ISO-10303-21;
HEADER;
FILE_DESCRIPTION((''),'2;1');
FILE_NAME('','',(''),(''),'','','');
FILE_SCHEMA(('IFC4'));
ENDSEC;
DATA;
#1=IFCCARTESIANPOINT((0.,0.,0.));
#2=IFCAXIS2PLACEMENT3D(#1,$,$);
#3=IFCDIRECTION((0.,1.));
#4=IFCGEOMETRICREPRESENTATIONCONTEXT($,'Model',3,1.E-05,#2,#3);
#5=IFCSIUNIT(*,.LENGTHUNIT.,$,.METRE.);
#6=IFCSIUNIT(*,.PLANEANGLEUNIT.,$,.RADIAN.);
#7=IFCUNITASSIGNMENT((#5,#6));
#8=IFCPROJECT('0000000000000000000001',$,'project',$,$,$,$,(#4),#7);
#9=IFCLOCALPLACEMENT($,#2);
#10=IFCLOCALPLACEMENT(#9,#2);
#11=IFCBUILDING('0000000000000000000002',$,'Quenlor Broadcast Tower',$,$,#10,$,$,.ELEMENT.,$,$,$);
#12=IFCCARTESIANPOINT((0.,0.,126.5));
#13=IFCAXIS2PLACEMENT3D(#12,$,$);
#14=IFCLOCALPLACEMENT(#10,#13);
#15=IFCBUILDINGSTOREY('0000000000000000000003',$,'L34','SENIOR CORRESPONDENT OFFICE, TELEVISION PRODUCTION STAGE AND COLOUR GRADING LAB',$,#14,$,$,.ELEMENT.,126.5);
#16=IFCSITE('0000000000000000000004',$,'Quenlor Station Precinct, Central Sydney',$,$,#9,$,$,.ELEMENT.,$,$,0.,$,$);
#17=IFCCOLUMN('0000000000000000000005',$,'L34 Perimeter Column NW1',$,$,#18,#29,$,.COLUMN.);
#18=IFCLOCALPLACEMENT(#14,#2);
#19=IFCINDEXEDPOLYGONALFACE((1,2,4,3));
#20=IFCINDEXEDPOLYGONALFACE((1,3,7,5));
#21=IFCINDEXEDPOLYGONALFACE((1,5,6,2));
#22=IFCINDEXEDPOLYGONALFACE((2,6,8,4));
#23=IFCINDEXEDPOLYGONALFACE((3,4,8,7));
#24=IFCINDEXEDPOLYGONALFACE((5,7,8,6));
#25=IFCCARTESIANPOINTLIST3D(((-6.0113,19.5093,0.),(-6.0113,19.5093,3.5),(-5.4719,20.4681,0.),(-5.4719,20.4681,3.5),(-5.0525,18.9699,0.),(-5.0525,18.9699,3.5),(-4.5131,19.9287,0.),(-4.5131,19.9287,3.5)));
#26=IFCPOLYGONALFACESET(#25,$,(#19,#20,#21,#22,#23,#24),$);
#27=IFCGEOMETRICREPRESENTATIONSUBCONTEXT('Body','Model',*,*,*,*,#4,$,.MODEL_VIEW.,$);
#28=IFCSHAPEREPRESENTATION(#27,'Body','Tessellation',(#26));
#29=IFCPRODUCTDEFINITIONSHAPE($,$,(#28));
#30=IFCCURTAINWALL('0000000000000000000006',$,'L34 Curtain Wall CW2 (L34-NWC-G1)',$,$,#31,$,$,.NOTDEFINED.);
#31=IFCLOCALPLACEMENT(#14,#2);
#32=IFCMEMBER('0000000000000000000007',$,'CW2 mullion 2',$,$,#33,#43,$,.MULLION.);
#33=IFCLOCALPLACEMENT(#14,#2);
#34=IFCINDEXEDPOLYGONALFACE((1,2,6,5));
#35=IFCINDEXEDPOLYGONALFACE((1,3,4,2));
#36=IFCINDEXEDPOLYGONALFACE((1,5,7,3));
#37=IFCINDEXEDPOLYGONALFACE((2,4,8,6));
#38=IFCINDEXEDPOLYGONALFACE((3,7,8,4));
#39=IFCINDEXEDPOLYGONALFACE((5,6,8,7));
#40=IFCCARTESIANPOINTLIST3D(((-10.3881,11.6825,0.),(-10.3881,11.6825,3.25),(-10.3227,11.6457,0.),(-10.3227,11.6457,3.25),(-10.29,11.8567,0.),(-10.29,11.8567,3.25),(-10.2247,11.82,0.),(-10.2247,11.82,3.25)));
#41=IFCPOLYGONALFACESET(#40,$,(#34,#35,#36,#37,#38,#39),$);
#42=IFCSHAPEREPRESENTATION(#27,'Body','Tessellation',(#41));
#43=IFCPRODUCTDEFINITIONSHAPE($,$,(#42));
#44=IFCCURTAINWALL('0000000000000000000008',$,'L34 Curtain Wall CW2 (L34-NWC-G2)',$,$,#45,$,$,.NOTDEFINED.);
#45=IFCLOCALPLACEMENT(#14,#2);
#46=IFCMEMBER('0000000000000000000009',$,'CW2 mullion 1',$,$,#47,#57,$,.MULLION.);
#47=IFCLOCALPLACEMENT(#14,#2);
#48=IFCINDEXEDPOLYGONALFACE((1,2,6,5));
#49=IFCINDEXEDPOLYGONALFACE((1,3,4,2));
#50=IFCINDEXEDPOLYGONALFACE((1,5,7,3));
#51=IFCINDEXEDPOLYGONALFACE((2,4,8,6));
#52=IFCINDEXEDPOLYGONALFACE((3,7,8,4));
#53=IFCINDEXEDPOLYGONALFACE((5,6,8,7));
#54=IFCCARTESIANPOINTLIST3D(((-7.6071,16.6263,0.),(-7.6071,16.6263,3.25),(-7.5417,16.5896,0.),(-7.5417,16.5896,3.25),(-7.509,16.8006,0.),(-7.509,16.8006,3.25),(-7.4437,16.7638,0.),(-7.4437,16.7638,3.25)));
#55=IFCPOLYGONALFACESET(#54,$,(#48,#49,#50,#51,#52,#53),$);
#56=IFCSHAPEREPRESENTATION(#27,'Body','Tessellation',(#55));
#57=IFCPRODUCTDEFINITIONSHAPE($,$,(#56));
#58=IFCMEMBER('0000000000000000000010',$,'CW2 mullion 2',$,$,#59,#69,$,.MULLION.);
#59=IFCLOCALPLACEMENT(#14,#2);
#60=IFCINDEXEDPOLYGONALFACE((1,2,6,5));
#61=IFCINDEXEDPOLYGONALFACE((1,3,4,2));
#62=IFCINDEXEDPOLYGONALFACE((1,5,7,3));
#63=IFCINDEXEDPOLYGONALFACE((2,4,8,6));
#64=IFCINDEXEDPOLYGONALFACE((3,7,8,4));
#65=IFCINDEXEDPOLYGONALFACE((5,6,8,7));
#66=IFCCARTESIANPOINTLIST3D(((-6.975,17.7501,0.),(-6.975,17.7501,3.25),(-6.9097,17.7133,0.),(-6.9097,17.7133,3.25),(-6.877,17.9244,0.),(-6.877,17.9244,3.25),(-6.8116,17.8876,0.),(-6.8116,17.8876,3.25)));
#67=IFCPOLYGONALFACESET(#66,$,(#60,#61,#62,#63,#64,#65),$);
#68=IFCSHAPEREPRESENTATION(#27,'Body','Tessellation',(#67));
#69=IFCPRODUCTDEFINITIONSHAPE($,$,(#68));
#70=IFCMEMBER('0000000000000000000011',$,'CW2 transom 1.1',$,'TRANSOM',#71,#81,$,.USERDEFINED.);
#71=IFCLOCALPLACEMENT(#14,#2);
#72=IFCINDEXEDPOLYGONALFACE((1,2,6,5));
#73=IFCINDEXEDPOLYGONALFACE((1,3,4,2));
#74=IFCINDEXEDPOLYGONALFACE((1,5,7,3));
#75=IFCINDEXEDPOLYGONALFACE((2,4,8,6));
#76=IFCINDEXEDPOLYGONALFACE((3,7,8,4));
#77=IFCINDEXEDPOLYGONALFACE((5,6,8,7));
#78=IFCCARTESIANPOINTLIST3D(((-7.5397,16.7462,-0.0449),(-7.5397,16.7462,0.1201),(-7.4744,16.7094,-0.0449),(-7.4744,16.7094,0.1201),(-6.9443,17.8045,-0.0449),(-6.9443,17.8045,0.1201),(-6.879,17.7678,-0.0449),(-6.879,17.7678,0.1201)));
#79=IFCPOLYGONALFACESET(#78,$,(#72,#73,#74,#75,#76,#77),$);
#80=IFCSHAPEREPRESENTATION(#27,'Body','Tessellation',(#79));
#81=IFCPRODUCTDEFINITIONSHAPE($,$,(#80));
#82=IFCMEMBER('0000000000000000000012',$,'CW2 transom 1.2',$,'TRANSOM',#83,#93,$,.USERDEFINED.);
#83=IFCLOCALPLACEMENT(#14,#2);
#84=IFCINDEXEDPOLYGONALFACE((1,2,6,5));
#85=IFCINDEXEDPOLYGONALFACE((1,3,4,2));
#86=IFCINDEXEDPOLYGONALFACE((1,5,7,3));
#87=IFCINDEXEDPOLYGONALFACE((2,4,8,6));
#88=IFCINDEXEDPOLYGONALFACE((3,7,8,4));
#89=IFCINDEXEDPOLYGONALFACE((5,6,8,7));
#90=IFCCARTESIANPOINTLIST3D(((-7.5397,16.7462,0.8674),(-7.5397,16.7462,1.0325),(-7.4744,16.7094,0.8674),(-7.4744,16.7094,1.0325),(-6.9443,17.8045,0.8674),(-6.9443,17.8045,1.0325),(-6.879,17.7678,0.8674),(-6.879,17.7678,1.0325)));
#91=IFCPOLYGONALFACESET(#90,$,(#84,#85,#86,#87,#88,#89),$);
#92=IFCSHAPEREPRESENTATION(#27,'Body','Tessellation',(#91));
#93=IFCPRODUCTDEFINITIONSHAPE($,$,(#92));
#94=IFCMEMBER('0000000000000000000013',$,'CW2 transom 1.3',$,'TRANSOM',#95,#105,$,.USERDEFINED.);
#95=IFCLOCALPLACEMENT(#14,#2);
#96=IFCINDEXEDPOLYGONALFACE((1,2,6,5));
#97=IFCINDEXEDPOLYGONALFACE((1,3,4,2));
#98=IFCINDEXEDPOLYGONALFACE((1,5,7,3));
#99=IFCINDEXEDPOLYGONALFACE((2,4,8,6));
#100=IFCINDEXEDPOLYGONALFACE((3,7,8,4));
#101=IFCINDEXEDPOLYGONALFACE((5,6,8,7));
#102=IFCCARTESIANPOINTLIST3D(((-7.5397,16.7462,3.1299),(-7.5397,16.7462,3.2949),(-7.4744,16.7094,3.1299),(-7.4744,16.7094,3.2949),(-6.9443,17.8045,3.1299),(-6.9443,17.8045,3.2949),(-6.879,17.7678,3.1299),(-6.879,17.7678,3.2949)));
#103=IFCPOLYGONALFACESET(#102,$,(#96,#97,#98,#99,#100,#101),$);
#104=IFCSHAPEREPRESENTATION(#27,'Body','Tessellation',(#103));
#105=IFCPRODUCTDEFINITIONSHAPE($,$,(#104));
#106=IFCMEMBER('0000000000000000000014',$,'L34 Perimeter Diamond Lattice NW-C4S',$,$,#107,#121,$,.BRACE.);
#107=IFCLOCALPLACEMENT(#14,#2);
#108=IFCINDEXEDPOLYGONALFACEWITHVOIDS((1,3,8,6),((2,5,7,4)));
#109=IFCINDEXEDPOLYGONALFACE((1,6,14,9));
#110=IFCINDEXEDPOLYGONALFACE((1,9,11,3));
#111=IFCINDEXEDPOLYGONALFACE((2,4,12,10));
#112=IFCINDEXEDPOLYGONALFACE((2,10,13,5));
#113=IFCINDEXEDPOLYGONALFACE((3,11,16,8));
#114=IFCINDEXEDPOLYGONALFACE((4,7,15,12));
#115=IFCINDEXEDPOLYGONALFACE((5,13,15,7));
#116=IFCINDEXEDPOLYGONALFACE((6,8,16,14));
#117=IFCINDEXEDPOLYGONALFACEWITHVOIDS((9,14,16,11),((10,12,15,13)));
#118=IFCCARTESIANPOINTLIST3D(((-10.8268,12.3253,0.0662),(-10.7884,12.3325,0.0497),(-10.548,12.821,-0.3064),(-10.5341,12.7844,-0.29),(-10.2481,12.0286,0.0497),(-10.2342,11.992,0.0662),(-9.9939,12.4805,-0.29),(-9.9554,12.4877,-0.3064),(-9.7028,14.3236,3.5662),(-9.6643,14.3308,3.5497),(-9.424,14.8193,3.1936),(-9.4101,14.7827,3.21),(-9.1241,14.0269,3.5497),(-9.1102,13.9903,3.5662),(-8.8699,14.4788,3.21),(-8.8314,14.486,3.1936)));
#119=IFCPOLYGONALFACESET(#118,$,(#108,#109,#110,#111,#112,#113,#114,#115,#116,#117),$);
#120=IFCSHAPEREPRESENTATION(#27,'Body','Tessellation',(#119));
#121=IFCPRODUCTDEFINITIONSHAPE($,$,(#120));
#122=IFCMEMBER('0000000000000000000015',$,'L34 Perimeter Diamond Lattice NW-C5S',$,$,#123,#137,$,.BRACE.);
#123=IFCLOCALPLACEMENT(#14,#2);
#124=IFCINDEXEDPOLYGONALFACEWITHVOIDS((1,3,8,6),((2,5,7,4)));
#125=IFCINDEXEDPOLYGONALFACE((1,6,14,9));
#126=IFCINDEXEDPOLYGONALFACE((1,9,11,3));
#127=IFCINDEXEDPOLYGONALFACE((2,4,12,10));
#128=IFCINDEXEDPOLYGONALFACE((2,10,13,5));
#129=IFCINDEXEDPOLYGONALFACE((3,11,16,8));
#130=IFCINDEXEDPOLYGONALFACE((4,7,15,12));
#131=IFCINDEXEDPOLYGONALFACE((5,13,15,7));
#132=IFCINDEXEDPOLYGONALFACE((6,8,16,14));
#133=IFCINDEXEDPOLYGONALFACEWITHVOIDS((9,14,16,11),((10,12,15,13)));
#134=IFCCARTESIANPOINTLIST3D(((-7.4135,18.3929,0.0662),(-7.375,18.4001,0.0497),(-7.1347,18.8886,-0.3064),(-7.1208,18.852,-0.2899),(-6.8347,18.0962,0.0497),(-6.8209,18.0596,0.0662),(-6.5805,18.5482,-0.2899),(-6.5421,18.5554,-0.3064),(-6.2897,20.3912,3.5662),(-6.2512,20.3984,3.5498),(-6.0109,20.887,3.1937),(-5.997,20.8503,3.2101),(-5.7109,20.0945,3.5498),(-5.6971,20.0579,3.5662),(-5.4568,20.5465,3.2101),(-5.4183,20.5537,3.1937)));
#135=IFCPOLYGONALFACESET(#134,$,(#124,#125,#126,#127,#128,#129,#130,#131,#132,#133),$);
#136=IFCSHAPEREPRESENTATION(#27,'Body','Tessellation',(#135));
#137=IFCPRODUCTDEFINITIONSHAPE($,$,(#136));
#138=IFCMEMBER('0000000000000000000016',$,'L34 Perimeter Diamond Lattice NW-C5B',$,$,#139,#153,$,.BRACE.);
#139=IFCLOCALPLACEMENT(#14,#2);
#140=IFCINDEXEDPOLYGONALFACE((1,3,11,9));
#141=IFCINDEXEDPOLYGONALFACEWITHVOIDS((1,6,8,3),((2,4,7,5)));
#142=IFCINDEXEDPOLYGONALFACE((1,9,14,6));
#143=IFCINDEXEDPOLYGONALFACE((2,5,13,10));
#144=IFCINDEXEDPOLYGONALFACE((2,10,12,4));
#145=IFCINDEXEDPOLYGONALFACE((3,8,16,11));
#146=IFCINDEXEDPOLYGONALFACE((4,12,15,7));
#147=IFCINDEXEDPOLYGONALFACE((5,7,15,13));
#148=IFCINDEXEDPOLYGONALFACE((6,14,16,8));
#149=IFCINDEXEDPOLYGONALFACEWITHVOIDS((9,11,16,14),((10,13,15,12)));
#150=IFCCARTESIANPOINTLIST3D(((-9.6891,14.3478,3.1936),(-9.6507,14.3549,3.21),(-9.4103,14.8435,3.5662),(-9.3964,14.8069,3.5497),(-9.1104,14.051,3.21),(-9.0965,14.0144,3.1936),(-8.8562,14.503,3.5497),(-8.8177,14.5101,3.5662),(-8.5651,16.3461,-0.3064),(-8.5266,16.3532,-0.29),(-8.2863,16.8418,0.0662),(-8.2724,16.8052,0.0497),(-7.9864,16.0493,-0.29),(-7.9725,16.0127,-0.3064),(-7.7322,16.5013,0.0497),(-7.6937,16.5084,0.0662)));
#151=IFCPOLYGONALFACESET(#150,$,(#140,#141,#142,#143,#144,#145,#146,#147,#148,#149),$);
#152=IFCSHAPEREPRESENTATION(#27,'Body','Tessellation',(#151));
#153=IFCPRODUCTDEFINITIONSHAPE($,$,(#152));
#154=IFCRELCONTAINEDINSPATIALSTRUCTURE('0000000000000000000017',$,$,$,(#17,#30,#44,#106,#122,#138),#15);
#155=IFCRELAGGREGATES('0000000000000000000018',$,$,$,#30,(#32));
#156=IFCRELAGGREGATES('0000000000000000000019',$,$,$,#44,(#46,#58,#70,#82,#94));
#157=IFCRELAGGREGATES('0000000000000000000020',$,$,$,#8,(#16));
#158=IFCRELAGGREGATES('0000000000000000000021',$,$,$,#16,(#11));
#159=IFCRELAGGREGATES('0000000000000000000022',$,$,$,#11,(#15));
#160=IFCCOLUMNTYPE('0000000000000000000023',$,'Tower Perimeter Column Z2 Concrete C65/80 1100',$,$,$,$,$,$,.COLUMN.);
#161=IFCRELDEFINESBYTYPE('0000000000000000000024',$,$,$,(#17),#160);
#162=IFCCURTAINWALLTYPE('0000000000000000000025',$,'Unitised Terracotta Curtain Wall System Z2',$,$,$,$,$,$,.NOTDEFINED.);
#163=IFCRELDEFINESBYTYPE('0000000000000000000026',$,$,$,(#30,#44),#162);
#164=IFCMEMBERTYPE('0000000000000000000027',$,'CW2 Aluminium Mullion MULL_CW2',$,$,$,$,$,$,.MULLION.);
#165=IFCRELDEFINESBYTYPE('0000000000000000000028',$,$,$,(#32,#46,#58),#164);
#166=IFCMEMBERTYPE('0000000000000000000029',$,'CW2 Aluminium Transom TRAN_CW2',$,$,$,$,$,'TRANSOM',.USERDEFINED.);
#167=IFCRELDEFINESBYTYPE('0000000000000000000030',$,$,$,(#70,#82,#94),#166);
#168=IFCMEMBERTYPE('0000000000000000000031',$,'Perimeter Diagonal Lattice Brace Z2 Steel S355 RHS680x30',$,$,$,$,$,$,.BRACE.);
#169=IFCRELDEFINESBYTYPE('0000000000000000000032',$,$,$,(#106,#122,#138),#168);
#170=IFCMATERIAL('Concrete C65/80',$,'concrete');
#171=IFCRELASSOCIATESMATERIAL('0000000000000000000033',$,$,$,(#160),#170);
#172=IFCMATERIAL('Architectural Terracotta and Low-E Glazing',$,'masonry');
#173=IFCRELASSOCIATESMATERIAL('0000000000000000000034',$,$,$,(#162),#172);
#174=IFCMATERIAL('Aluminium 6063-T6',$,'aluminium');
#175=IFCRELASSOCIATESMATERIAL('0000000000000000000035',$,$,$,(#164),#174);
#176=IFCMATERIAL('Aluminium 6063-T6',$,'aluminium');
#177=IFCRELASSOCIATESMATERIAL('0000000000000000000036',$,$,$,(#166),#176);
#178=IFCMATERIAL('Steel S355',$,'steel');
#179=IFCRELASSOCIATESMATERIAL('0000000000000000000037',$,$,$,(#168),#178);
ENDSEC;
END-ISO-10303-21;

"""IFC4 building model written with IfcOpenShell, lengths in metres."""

from ifc_helpers import new_model, si_unit, direction, frame, origin, origin_2d, place, context, subcontext, project, spatial, rectangle, hollow_rectangle, extrude, material, material_profile, profile_set, type_object, element, aggregate, save


model = new_model("IFC4")

# Units and contexts
model_context = context("Model", 3, precision=1e-05, world=origin(), true_north=direction((0.0, 1.0)))
body_context = subcontext(model_context, "Body", "Model", "MODEL_VIEW")
ifc_project = project(units=[si_unit("LENGTHUNIT", "METRE"), si_unit("PLANEANGLEUNIT", "RADIAN")], contexts=[model_context])

# Site, building, storey
site_placement = place(None, origin())
site = spatial("IfcSite", under=ifc_project, at=site_placement, Name="Quenlor Station Precinct, Central Sydney", CompositionType="ELEMENT", RefElevation=0.0)
building_placement = place(site_placement, origin())
building = spatial("IfcBuilding", under=site, at=building_placement, Name="Quenlor Broadcast Tower", CompositionType="ELEMENT")
storey_placement = place(building_placement, frame((0.0, 0.0, 126.5)))
storey = spatial("IfcBuildingStorey", under=building, at=storey_placement, Name="L34", Description="SENIOR CORRESPONDENT OFFICE, TELEVISION PRODUCTION STAGE AND COLOUR GRADING LAB", CompositionType="ELEMENT", Elevation=126.5)

# Column
ifc_material_1 = material(Name="Concrete C65/80", Category="concrete")
ifc_material_profile_1 = material_profile(ifc_material_1, rectangle(XDim=1.1001, YDim=1.1001, at=origin_2d()))
ifc_profile_set_1 = profile_set([ifc_material_profile_1], Name="Concrete C65/80 RC1100x1100")
column_type = type_object("IfcColumnType", Name="Tower Perimeter Column Z2 Concrete C65/80 1100", PredefinedType="COLUMN", material=ifc_profile_set_1)
column_placement = place(storey_placement, frame((-5.2622, 19.719, 0.0), z_axis=(0.0, 0.0, 1.0), x_axis=(-0.871575, 0.490262, 0.0)))
element("IfcColumn", 1, at=column_placement, inside=storey, type_object=column_type, Name="L34 Perimeter Column NW1", PredefinedType="COLUMN", context=body_context, shape_type="SweptSolid", body=[
    extrude(rectangle(XDim=1.1001, YDim=1.1001, at=origin_2d()), origin(), (0.0, 0.0, 1.0), 3.5),
])

# Curtain wall, member
ifc_material_2 = material(Name="Architectural Terracotta and Low-E Glazing", Category="masonry")
curtain_wall_type = type_object("IfcCurtainWallType", Name="Unitised Terracotta Curtain Wall System Z2", PredefinedType="NOTDEFINED", material=ifc_material_2)
curtain_wall_1_placement = place(storey_placement, origin())
curtain_wall_1 = element("IfcCurtainWall", 2, at=curtain_wall_1_placement, inside=storey, type_object=curtain_wall_type, Name="L34 Curtain Wall CW2 (L34-NWC-G1)", PredefinedType="NOTDEFINED")
ifc_material_3 = material(Name="Aluminium 6063-T6", Category="aluminium")
ifc_material_profile_2 = material_profile(ifc_material_3, rectangle(XDim=0.075, YDim=0.2, at=origin_2d()))
ifc_profile_set_2 = profile_set([ifc_material_profile_2], Name="Aluminium 6063-T6 MULL75x200")
member_type_1 = type_object("IfcMemberType", Name="CW2 Aluminium Mullion MULL_CW2", PredefinedType="MULLION", material=ifc_profile_set_2)
member_1_placement = place(storey_placement, frame((-10.3064, 11.7512, 0.0), z_axis=(0.0, 0.0, 1.0), x_axis=(-0.871581, 0.490252, 0.0)))
member_1 = element("IfcMember", 3, at=member_1_placement, type_object=member_type_1, Name="CW2 mullion 2", PredefinedType="MULLION", context=body_context, shape_type="SweptSolid", body=[
    extrude(rectangle(XDim=0.075, YDim=0.2, at=origin_2d()), origin(), (0.0, 0.0, 1.0), 3.25),
])

# Curtain wall, members
curtain_wall_2_placement = place(storey_placement, origin())
curtain_wall_2 = element("IfcCurtainWall", 4, at=curtain_wall_2_placement, inside=storey, type_object=curtain_wall_type, Name="L34 Curtain Wall CW2 (L34-NWC-G2)", PredefinedType="NOTDEFINED")
member_2_placement = place(storey_placement, frame((-7.5254, 16.6951, 0.0), z_axis=(0.0, 0.0, 1.0), x_axis=(-0.871583, 0.490247, 0.0)))
member_2 = element("IfcMember", 5, at=member_2_placement, type_object=member_type_1, Name="CW2 mullion 1", PredefinedType="MULLION", context=body_context, shape_type="SweptSolid", body=[
    extrude(rectangle(XDim=0.075, YDim=0.2, at=origin_2d()), origin(), (0.0, 0.0, 1.0), 3.25),
])
member_3_placement = place(storey_placement, frame((-6.8933, 17.8188, 0.0), z_axis=(0.0, 0.0, 1.0), x_axis=(-0.871583, 0.490247, 0.0)))
member_3 = element("IfcMember", 6, at=member_3_placement, type_object=member_type_1, Name="CW2 mullion 2", PredefinedType="MULLION", context=body_context, shape_type="SweptSolid", body=[
    extrude(rectangle(XDim=0.075, YDim=0.2, at=origin_2d()), origin(), (0.0, 0.0, 1.0), 3.25),
])
ifc_material_4 = material(Name="Aluminium 6063-T6", Category="aluminium")
ifc_material_profile_3 = material_profile(ifc_material_4, rectangle(XDim=0.075, YDim=0.165, at=origin_2d()))
ifc_profile_set_3 = profile_set([ifc_material_profile_3], Name="Aluminium 6063-T6 TRAN75x165")
member_type_2 = type_object("IfcMemberType", Name="CW2 Aluminium Transom TRAN_CW2", ElementType="TRANSOM", PredefinedType="USERDEFINED", material=ifc_profile_set_3)
member_4_placement = place(storey_placement, frame((-7.5071, 16.7278, 0.0376), z_axis=(0.490347, 0.871527, 0.0), x_axis=(-0.871527, 0.490347, 0.0)))
member_4 = element("IfcMember", 7, at=member_4_placement, type_object=member_type_2, Name="CW2 transom 1.1", ObjectType="TRANSOM", PredefinedType="USERDEFINED", context=body_context, shape_type="SweptSolid", body=[
    extrude(rectangle(XDim=0.075, YDim=0.165, at=origin_2d()), origin(), (0.0, 0.0, 1.0), 1.2144),
])
member_5_placement = place(storey_placement, frame((-7.5071, 16.7278, 0.95), z_axis=(0.490347, 0.871527, 0.0), x_axis=(-0.871527, 0.490347, 0.0)))
member_5 = element("IfcMember", 8, at=member_5_placement, type_object=member_type_2, Name="CW2 transom 1.2", ObjectType="TRANSOM", PredefinedType="USERDEFINED", context=body_context, shape_type="SweptSolid", body=[
    extrude(rectangle(XDim=0.075, YDim=0.165, at=origin_2d()), origin(), (0.0, 0.0, 1.0), 1.2144),
])
member_6_placement = place(storey_placement, frame((-7.5071, 16.7278, 3.2124), z_axis=(0.490347, 0.871527, 0.0), x_axis=(-0.871527, 0.490347, 0.0)))
member_6 = element("IfcMember", 9, at=member_6_placement, type_object=member_type_2, Name="CW2 transom 1.3", ObjectType="TRANSOM", PredefinedType="USERDEFINED", context=body_context, shape_type="SweptSolid", body=[
    extrude(rectangle(XDim=0.075, YDim=0.165, at=origin_2d()), origin(), (0.0, 0.0, 1.0), 1.2144),
])

# Members
ifc_material_5 = material(Name="Steel S355", Category="steel")
ifc_material_profile_4 = material_profile(ifc_material_5, hollow_rectangle(XDim=0.6799, YDim=0.6799, WallThickness=0.03, at=origin_2d()))
ifc_profile_set_4 = profile_set([ifc_material_profile_4], Name="Steel S355 RHS680x680x30")
member_type_3 = type_object("IfcMemberType", Name="Perimeter Diagonal Lattice Brace Z2 Steel S355 RHS680x30", PredefinedType="BRACE", material=ifc_profile_set_4)
for number, where, z_axis, x_axis, name in (
    (10, (-10.3911, 12.4065, -0.1201), (0.268642, 0.477593, 0.836502), (-0.871578, 0.490256, 0.0), "L34 Perimeter Diamond Lattice NW-C4S"),
    (11, (-6.9778, 18.4741, -0.1201), (0.268588, 0.4776, 0.836516), (-0.871624, 0.490175, 0.0), "L34 Perimeter Diamond Lattice NW-C5S"),
    (12, (-8.1294, 16.4272, -0.1201), (-0.268642, -0.477593, 0.836502), (0.871578, -0.490256, 0.0), "L34 Perimeter Diamond Lattice NW-C5B"),
):
    element("IfcMember", number, at=place(storey_placement, frame(where, z_axis=z_axis, x_axis=x_axis)), inside=storey, type_object=member_type_3, Name=name, PredefinedType="BRACE", context=body_context, shape_type="SweptSolid", body=[
        extrude(hollow_rectangle(XDim=0.6799, YDim=0.6799, WallThickness=0.03, at=origin_2d()), origin(), (0.0, 0.0, 1.0), 4.1841),
    ])

aggregate(curtain_wall_1, [member_1])
aggregate(curtain_wall_2, [member_2, member_3, member_4, member_5, member_6])

save(model, "model.ifc")
